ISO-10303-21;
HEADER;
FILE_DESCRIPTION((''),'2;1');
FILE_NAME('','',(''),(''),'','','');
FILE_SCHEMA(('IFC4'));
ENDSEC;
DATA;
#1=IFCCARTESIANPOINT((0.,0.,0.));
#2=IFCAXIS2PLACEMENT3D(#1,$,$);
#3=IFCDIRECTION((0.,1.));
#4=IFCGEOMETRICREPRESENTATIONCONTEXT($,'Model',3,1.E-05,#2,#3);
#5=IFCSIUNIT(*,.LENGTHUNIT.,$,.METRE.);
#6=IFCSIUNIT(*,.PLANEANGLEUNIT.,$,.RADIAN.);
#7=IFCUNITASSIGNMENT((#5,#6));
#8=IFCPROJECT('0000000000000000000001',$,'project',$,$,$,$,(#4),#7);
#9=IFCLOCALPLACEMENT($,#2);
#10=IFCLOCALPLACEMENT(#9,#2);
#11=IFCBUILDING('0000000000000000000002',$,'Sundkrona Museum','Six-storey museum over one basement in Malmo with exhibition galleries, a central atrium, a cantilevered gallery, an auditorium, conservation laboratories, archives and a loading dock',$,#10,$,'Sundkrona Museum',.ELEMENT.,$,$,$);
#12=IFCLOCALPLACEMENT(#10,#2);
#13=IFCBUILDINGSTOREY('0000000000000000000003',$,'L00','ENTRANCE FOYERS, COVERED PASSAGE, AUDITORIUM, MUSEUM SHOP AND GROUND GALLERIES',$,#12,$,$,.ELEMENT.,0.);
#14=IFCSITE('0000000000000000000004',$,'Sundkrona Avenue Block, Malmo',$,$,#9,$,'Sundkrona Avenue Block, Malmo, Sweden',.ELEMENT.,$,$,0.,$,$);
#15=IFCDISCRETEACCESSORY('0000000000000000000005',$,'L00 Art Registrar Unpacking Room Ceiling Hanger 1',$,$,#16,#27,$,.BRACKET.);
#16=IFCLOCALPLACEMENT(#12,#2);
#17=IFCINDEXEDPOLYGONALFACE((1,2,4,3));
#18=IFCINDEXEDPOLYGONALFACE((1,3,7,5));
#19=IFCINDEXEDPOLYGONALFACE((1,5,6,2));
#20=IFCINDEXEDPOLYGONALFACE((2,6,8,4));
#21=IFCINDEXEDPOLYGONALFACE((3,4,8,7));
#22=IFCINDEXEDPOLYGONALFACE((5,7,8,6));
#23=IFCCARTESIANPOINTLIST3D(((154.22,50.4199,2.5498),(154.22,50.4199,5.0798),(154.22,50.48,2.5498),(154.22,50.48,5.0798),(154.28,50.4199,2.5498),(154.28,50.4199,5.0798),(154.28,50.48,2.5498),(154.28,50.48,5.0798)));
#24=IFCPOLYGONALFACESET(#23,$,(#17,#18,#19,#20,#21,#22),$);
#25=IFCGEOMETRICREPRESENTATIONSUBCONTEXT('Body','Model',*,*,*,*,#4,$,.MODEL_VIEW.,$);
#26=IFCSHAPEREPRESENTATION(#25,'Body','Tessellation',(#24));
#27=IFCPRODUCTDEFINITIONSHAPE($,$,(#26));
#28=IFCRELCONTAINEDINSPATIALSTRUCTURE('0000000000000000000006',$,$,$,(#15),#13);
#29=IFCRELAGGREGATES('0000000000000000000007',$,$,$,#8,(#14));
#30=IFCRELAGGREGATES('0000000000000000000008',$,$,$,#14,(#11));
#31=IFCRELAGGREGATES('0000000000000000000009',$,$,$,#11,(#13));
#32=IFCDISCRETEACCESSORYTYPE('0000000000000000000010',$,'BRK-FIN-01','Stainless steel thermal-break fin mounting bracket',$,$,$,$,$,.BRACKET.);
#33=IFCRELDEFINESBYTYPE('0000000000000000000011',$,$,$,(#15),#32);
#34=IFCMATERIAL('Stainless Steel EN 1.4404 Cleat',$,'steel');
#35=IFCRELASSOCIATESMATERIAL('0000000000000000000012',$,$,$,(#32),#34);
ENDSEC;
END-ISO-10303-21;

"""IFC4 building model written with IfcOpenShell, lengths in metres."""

from ifc_helpers import new_model, si_unit, direction, frame, origin, origin_2d, place, context, subcontext, project, spatial, rectangle, extrude, material, type_object, element, save


model = new_model("IFC4")

# Units and contexts
model_context = context("Model", 3, precision=1e-05, world=origin(), true_north=direction((0.0, 1.0)))
body_context = subcontext(model_context, "Body", "Model", "MODEL_VIEW")
ifc_project = project(units=[si_unit("LENGTHUNIT", "METRE"), si_unit("PLANEANGLEUNIT", "RADIAN")], contexts=[model_context])

# Site, building, storey
site_placement = place(None, origin())
site = spatial("IfcSite", under=ifc_project, at=site_placement, Name="Sundkrona Avenue Block, Malmo", LongName="Sundkrona Avenue Block, Malmo, Sweden", CompositionType="ELEMENT", RefElevation=0.0)
building_placement = place(site_placement, origin())
building = spatial("IfcBuilding", under=site, at=building_placement, Name="Sundkrona Museum", Description="Six-storey museum over one basement in Malmo with exhibition galleries, a central atrium, a cantilevered gallery, an auditorium, conservation laboratories, archives and a loading dock", LongName="Sundkrona Museum", CompositionType="ELEMENT")
storey_placement = place(building_placement, origin())
storey = spatial("IfcBuildingStorey", under=building, at=storey_placement, Name="L00", Description="ENTRANCE FOYERS, COVERED PASSAGE, AUDITORIUM, MUSEUM SHOP AND GROUND GALLERIES", CompositionType="ELEMENT", Elevation=0.0)

# Discrete accessory
ifc_material_1 = material(Name="Stainless Steel EN 1.4404 Cleat", Category="steel")
discrete_accessory_type = type_object("IfcDiscreteAccessoryType", Name="BRK-FIN-01", Description="Stainless steel thermal-break fin mounting bracket", PredefinedType="BRACKET", material=ifc_material_1)
discrete_accessory_placement = place(storey_placement, frame((154.25, 50.45, 2.5498), z_axis=(0.0, 0.0, 1.0), x_axis=(1.0, 0.0, 0.0)))
element("IfcDiscreteAccessory", 1, at=discrete_accessory_placement, inside=storey, type_object=discrete_accessory_type, Name="L00 Art Registrar Unpacking Room Ceiling Hanger 1", PredefinedType="BRACKET", context=body_context, shape_type="SweptSolid", body=[
    extrude(rectangle(XDim=0.0601, YDim=0.0601, at=origin_2d()), origin(), (0.0, 0.0, 1.0), 2.53),
])

save(model, "model.ifc")
